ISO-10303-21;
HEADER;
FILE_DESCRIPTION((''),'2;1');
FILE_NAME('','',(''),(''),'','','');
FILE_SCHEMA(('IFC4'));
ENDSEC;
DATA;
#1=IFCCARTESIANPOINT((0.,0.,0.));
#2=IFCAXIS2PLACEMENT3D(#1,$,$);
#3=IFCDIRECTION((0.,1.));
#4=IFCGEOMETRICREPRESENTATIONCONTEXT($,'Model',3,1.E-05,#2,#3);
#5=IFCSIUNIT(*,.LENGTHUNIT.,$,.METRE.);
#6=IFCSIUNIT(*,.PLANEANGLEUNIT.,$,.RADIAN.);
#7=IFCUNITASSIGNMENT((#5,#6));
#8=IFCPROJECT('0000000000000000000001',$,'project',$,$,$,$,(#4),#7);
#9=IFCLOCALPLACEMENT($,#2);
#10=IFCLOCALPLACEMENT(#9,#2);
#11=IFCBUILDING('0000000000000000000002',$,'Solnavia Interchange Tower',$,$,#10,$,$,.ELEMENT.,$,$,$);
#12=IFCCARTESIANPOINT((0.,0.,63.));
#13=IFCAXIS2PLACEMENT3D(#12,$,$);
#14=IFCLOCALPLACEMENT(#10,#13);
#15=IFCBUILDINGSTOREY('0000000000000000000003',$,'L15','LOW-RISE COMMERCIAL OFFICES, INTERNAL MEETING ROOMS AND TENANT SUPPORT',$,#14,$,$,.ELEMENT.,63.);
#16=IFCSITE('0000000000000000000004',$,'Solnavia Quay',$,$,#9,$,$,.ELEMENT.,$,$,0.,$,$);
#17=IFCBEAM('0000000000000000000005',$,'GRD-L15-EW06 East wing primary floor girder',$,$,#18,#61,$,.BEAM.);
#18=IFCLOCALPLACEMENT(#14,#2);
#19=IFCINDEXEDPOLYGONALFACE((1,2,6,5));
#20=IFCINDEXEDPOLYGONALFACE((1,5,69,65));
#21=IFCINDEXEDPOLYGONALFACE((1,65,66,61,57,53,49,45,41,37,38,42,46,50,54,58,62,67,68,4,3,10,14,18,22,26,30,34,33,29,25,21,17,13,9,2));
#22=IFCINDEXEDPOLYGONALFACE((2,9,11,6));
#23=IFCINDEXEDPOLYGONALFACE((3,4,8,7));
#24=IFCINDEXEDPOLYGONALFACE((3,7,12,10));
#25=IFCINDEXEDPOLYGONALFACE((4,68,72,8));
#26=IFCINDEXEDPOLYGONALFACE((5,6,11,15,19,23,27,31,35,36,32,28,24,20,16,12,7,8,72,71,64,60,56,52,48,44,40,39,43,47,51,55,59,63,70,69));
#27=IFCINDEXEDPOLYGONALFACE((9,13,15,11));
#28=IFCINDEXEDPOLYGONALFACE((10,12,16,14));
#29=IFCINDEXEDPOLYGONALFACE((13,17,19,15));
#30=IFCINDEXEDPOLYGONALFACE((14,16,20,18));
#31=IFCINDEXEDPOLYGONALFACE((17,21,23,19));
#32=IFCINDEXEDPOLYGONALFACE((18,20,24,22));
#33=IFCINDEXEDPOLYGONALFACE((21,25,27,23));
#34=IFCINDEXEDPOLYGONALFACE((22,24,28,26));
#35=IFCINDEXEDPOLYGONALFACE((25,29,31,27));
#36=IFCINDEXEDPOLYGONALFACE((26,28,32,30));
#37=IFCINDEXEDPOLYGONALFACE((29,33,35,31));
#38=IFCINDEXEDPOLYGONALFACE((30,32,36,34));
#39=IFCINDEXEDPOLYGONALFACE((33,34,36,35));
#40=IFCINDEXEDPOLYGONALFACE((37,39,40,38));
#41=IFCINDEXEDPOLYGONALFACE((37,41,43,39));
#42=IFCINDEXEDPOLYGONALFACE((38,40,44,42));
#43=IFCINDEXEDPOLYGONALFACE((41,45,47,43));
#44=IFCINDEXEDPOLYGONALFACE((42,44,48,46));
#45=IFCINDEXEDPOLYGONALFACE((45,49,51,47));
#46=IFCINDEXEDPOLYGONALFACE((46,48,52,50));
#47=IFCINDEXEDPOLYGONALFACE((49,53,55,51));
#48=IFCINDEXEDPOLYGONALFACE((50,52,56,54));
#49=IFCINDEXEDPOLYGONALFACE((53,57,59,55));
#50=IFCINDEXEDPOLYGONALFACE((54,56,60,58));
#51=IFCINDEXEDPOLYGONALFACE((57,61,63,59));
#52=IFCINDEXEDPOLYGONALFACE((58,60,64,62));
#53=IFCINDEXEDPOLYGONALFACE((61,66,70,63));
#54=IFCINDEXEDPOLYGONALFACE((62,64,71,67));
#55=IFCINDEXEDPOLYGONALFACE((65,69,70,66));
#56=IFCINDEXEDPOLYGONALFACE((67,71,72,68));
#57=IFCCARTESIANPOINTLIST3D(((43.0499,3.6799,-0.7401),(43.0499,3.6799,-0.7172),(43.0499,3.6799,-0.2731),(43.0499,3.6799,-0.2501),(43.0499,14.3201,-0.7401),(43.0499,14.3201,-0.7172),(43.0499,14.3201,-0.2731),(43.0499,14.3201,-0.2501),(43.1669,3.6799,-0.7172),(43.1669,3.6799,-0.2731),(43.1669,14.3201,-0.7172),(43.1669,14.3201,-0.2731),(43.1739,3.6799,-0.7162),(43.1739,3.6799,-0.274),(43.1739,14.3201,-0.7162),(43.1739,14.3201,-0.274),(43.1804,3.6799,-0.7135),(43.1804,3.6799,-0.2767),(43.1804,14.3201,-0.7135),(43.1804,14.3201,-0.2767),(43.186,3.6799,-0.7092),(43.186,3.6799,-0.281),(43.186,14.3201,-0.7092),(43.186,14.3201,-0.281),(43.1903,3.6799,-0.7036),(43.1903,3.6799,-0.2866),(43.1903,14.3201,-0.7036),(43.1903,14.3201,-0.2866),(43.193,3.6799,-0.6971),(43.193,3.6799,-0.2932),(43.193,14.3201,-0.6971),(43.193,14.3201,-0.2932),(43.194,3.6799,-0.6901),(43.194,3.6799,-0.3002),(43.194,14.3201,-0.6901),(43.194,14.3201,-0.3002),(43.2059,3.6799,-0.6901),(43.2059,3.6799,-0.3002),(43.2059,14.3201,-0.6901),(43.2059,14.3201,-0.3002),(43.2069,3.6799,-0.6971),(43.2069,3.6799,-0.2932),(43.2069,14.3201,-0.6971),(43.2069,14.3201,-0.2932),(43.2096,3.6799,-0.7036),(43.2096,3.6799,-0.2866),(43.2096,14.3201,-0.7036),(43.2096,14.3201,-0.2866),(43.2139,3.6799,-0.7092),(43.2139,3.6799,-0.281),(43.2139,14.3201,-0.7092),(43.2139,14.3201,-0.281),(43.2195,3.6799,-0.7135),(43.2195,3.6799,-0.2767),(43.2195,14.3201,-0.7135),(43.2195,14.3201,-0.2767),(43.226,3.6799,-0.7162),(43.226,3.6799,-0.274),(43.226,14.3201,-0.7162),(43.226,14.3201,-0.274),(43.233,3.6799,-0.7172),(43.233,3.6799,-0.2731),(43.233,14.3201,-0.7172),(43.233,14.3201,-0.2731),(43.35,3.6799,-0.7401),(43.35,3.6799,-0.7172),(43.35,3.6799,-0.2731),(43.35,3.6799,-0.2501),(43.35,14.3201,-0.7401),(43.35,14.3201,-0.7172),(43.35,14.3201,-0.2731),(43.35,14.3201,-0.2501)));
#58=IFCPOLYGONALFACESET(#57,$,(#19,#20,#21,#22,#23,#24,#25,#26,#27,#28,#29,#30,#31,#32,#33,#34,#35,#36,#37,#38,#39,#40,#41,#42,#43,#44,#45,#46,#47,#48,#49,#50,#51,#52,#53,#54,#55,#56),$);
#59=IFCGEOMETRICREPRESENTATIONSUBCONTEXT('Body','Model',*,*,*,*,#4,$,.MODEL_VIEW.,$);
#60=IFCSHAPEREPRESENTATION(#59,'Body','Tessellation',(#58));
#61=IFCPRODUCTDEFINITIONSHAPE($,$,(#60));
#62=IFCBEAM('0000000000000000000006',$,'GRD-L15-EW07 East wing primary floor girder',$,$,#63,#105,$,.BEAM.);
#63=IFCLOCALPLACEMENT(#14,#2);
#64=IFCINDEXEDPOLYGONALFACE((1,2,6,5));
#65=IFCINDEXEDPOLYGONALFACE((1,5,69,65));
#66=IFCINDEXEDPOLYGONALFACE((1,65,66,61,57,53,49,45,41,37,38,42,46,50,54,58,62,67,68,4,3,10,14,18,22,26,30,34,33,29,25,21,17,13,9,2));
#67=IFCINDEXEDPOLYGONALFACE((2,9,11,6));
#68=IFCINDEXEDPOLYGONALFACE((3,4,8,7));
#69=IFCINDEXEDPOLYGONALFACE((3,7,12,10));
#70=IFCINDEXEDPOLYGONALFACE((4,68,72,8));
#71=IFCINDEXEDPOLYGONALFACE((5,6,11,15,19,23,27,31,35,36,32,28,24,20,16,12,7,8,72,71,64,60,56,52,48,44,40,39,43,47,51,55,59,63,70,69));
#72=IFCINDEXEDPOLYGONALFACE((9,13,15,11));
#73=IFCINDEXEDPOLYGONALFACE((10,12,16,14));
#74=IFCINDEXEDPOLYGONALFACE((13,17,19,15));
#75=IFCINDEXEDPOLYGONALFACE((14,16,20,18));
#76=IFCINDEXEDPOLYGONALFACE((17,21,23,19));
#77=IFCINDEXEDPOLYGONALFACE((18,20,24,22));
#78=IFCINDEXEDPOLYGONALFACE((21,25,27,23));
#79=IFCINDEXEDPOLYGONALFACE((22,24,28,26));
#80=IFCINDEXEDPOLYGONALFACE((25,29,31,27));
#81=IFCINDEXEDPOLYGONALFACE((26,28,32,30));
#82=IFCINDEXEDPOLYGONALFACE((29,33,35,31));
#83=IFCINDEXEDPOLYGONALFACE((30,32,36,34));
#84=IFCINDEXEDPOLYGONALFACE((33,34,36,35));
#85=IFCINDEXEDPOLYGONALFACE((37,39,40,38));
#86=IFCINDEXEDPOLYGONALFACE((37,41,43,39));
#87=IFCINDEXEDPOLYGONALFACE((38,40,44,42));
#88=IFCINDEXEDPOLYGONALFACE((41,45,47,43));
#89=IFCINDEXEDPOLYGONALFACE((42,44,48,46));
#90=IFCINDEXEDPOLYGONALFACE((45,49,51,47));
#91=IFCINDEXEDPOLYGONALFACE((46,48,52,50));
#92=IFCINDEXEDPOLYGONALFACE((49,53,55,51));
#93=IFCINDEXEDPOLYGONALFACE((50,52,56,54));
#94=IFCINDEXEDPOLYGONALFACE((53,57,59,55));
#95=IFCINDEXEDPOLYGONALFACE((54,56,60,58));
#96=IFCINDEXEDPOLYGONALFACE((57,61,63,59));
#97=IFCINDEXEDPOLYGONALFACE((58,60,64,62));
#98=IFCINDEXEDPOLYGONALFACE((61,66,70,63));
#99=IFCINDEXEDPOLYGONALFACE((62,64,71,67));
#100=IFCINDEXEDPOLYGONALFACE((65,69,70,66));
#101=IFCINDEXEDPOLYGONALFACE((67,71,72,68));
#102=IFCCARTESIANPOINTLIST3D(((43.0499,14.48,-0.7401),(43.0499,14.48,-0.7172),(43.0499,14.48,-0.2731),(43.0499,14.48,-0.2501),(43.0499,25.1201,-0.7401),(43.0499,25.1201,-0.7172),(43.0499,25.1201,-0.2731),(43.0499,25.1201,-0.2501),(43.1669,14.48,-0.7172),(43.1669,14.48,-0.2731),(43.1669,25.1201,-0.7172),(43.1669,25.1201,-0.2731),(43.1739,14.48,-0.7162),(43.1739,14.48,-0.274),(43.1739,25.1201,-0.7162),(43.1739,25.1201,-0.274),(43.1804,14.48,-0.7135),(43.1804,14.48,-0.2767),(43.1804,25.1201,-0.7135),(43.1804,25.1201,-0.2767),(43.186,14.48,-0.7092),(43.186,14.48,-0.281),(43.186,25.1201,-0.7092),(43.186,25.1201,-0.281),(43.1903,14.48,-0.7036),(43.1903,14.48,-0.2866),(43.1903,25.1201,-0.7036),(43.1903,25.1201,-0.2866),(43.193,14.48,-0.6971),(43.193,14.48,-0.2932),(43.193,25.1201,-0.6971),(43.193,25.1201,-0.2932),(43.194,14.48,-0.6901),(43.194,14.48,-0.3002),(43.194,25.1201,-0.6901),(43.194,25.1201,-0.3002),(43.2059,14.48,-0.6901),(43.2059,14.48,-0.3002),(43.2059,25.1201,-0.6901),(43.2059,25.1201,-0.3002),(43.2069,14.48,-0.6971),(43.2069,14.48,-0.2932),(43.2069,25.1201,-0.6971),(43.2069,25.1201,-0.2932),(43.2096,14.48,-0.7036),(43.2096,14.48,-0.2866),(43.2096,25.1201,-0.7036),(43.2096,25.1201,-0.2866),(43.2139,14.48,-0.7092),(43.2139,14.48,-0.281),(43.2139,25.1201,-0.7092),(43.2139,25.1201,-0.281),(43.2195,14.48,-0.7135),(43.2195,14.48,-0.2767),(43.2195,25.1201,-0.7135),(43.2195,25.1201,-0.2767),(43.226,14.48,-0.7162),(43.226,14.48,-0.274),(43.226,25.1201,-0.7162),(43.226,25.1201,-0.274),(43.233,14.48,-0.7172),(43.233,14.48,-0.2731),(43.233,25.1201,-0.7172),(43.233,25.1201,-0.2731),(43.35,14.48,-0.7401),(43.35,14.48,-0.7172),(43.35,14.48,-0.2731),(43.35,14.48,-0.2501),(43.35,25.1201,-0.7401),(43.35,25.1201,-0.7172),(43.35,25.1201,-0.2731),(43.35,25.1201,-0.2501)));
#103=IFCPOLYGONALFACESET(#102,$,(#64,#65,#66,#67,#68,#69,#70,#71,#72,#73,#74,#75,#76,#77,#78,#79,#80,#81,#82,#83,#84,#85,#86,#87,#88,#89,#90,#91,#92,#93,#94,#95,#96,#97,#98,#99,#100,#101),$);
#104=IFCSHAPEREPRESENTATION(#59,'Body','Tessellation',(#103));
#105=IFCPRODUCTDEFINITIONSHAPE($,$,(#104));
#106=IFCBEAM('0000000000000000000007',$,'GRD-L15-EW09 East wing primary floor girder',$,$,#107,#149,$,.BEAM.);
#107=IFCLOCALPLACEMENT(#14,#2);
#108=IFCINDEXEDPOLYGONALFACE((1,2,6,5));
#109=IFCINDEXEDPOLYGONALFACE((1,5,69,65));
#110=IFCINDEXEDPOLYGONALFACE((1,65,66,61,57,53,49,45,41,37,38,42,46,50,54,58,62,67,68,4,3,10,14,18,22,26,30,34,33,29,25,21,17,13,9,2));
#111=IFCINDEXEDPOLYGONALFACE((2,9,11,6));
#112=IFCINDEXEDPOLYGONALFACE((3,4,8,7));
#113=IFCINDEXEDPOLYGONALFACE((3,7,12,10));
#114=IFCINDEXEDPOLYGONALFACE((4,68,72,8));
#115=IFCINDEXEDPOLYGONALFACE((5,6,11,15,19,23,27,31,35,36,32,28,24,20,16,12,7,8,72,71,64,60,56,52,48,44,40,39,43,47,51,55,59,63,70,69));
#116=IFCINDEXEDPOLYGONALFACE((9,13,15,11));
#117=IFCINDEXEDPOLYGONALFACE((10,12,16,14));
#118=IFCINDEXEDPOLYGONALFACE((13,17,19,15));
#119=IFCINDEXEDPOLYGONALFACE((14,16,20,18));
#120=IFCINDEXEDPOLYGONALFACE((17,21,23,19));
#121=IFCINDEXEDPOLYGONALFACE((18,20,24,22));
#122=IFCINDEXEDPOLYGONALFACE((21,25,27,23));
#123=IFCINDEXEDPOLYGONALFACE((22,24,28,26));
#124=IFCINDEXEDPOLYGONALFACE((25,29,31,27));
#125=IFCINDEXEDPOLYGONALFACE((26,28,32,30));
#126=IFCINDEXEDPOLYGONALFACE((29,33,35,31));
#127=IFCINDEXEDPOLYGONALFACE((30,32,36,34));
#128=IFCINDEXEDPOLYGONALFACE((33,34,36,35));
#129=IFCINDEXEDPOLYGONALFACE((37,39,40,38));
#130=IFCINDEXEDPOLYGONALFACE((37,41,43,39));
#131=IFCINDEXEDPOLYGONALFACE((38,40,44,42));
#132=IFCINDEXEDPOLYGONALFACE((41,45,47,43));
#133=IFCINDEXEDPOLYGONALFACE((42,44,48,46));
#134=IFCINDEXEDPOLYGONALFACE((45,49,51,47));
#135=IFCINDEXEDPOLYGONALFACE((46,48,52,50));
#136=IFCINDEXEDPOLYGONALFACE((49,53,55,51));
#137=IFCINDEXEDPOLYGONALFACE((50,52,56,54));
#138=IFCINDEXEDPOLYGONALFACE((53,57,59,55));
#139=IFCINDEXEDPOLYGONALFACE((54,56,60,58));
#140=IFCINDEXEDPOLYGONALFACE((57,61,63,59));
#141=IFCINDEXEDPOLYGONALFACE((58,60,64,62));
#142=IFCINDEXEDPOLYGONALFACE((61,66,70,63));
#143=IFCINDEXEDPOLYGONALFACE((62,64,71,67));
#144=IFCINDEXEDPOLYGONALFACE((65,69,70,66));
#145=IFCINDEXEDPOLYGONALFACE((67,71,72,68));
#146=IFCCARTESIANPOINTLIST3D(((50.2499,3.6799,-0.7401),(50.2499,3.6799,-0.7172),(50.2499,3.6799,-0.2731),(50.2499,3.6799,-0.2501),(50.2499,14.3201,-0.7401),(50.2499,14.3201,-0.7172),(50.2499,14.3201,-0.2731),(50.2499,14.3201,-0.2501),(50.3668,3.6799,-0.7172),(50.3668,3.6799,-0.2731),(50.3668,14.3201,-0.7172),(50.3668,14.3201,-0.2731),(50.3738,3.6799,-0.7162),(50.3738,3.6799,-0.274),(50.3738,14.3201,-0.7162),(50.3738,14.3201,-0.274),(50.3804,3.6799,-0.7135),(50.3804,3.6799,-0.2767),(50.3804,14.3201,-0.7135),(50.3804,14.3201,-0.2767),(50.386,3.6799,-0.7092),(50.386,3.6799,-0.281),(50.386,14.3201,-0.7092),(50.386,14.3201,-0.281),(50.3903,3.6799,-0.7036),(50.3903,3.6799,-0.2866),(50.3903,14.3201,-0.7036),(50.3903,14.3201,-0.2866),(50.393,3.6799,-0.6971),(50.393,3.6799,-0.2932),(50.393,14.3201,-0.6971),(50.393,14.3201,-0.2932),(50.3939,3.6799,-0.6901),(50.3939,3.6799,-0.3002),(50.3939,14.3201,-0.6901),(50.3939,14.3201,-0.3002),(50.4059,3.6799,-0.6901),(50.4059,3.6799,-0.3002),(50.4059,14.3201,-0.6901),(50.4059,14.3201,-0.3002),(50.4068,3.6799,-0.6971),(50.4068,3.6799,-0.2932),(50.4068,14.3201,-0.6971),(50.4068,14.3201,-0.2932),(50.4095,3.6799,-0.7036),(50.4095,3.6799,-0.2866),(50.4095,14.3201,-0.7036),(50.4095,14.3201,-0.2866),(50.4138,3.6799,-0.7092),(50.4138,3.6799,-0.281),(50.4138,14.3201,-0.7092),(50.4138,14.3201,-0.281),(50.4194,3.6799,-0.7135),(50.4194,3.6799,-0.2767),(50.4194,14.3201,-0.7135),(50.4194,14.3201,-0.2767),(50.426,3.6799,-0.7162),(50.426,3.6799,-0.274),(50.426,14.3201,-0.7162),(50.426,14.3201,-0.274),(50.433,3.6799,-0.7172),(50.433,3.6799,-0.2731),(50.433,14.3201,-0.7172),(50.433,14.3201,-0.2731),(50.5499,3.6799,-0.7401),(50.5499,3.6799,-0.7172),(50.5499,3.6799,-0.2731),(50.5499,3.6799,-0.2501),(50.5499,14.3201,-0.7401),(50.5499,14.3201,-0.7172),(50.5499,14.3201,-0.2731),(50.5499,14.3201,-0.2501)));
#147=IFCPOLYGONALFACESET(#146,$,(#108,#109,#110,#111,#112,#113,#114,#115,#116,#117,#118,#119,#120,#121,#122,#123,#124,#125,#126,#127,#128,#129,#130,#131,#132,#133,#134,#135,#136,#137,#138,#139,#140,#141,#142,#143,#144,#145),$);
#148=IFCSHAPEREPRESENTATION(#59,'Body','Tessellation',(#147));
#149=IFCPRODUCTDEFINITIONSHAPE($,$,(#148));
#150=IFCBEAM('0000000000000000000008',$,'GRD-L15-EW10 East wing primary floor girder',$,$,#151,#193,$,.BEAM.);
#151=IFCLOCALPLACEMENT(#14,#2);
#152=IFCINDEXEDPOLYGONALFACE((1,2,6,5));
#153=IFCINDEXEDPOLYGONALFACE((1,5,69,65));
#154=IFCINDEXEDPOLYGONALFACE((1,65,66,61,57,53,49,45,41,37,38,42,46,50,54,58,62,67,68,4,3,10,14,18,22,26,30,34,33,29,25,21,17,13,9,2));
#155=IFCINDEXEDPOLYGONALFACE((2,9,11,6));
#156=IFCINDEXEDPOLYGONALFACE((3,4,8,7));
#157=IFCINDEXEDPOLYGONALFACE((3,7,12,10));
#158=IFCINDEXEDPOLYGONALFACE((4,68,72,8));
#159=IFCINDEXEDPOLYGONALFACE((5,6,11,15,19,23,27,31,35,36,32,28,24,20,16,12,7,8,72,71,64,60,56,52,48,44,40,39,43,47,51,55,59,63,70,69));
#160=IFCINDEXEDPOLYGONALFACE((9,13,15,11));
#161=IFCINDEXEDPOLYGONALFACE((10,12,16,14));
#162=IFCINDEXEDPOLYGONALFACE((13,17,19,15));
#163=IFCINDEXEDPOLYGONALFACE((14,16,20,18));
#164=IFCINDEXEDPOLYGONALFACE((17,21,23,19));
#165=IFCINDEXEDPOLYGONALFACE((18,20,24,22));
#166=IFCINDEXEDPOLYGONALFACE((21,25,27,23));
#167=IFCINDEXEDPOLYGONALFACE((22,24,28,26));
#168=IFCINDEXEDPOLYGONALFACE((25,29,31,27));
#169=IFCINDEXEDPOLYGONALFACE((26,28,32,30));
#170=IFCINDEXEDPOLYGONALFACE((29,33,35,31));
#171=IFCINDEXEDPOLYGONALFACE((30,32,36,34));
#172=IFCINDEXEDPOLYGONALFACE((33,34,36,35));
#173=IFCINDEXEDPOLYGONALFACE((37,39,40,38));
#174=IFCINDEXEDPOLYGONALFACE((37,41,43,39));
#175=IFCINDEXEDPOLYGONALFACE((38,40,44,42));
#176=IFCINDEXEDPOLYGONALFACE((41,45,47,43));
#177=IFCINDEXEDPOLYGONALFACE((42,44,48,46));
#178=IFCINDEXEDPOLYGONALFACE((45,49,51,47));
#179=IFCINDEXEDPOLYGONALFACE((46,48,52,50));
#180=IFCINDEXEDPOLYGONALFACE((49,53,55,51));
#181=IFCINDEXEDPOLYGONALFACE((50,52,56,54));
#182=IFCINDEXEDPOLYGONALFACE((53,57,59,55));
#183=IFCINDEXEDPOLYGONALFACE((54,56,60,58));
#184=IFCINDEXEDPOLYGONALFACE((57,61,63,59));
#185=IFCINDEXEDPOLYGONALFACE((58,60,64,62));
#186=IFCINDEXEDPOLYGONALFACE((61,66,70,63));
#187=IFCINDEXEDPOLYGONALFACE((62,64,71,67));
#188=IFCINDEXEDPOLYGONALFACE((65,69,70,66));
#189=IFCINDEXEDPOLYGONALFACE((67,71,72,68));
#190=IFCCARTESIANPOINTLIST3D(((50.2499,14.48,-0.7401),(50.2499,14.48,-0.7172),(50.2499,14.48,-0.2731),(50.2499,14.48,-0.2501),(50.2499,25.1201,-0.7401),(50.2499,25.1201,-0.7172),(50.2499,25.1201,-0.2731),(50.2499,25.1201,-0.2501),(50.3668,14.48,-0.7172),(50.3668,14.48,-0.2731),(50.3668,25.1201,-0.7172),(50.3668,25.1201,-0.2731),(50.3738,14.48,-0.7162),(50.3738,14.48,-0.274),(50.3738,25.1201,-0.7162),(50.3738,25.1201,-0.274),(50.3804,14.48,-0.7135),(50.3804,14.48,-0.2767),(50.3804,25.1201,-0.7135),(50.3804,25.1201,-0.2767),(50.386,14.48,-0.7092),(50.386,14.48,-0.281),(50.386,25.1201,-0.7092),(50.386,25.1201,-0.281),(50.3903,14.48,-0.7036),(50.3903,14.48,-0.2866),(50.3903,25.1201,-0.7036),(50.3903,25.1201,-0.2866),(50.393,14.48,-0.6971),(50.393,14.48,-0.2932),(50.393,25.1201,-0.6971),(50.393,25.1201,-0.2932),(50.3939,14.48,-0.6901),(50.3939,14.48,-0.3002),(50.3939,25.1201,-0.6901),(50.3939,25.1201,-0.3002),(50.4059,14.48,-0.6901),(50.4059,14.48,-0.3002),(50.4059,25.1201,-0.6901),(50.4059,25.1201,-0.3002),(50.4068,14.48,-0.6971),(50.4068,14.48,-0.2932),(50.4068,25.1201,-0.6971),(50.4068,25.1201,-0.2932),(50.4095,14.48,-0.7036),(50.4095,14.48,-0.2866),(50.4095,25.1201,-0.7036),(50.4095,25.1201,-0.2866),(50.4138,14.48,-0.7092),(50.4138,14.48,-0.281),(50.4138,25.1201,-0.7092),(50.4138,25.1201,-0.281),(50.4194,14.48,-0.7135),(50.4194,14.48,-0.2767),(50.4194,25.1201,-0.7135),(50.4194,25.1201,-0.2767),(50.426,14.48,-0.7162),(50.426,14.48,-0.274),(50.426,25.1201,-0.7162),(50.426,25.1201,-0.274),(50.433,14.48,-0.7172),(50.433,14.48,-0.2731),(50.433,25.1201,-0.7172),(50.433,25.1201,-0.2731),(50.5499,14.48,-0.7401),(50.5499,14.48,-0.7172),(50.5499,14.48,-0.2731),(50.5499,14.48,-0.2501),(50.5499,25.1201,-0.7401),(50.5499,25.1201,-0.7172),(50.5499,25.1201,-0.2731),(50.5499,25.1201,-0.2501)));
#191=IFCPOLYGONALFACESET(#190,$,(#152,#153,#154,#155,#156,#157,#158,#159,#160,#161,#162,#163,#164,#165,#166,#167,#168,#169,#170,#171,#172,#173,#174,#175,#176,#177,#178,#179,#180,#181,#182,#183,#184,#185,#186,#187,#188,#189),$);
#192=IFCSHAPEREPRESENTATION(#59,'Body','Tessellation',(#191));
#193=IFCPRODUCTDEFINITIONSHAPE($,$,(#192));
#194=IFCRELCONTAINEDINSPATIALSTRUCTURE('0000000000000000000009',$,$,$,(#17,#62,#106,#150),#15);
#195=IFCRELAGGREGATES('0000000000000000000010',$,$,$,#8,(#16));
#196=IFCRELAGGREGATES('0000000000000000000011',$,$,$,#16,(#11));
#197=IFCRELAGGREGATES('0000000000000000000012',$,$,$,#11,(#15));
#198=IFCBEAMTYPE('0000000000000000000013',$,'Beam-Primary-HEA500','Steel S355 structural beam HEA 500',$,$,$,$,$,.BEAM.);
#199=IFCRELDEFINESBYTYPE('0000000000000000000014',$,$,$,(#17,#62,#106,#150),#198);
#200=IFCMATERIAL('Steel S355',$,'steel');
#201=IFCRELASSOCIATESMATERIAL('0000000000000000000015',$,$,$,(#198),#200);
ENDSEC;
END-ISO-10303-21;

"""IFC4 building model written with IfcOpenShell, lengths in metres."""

from ifc_helpers import new_model, si_unit, direction, frame, origin, origin_2d, place, context, subcontext, project, spatial, i_section, extrude, material, material_profile, profile_set, type_object, element, save


model = new_model("IFC4")

# Units and contexts
model_context = context("Model", 3, precision=1e-05, world=origin(), true_north=direction((0.0, 1.0)))
body_context = subcontext(model_context, "Body", "Model", "MODEL_VIEW")
ifc_project = project(units=[si_unit("LENGTHUNIT", "METRE"), si_unit("PLANEANGLEUNIT", "RADIAN")], contexts=[model_context])

# Site, building, storey
site_placement = place(None, origin())
site = spatial("IfcSite", under=ifc_project, at=site_placement, Name="Solnavia Quay", CompositionType="ELEMENT", RefElevation=0.0)
building_placement = place(site_placement, origin())
building = spatial("IfcBuilding", under=site, at=building_placement, Name="Solnavia Interchange Tower", CompositionType="ELEMENT")
storey_placement = place(building_placement, frame((0.0, 0.0, 63.0)))
storey = spatial("IfcBuildingStorey", under=building, at=storey_placement, Name="L15", Description="LOW-RISE COMMERCIAL OFFICES, INTERNAL MEETING ROOMS AND TENANT SUPPORT", CompositionType="ELEMENT", Elevation=63.0)

# Shared definitions
ifc_material_1 = material(Name="Steel S355", Category="steel")

# Beams
ifc_material_profile_1 = material_profile(ifc_material_1, i_section(OverallWidth=0.3, OverallDepth=0.49, WebThickness=0.012, FlangeThickness=0.0229, FilletRadius=0.0271, at=origin_2d()), Name="HEA 500")
ifc_profile_set_1 = profile_set([ifc_material_profile_1], Name="Steel S355")
beam_type_1 = type_object("IfcBeamType", Name="Beam-Primary-HEA500", Description="Steel S355 structural beam HEA 500", PredefinedType="BEAM", material=ifc_profile_set_1)
for number, where, z_axis, x_axis, name in (
    (1, (43.2, 3.6799, -0.4951), (0.0, 1.0, 0.0), (-1.0, 0.0, 0.0), "GRD-L15-EW06 East wing primary floor girder"),
    (2, (43.2, 14.48, -0.4951), (0.0, 1.0, 0.0), (-1.0, 0.0, 0.0), "GRD-L15-EW07 East wing primary floor girder"),
    (3, (50.3999, 3.6799, -0.4951), (0.0, 1.0, 0.0), (-1.0, 0.0, 0.0), "GRD-L15-EW09 East wing primary floor girder"),
    (4, (50.3999, 14.48, -0.4951), (0.0, 1.0, 0.0), (-1.0, 0.0, 0.0), "GRD-L15-EW10 East wing primary floor girder"),
):
    element("IfcBeam", number, at=place(storey_placement, frame(where, z_axis=z_axis, x_axis=x_axis)), inside=storey, type_object=beam_type_1, Name=name, PredefinedType="BEAM", context=body_context, shape_type="SweptSolid", body=[
        extrude(i_section(OverallWidth=0.3, OverallDepth=0.49, WebThickness=0.012, FlangeThickness=0.0229, FilletRadius=0.0271, at=origin_2d()), origin(), (0.0, 0.0, 1.0), 10.6401),
    ])

save(model, "model.ifc")
